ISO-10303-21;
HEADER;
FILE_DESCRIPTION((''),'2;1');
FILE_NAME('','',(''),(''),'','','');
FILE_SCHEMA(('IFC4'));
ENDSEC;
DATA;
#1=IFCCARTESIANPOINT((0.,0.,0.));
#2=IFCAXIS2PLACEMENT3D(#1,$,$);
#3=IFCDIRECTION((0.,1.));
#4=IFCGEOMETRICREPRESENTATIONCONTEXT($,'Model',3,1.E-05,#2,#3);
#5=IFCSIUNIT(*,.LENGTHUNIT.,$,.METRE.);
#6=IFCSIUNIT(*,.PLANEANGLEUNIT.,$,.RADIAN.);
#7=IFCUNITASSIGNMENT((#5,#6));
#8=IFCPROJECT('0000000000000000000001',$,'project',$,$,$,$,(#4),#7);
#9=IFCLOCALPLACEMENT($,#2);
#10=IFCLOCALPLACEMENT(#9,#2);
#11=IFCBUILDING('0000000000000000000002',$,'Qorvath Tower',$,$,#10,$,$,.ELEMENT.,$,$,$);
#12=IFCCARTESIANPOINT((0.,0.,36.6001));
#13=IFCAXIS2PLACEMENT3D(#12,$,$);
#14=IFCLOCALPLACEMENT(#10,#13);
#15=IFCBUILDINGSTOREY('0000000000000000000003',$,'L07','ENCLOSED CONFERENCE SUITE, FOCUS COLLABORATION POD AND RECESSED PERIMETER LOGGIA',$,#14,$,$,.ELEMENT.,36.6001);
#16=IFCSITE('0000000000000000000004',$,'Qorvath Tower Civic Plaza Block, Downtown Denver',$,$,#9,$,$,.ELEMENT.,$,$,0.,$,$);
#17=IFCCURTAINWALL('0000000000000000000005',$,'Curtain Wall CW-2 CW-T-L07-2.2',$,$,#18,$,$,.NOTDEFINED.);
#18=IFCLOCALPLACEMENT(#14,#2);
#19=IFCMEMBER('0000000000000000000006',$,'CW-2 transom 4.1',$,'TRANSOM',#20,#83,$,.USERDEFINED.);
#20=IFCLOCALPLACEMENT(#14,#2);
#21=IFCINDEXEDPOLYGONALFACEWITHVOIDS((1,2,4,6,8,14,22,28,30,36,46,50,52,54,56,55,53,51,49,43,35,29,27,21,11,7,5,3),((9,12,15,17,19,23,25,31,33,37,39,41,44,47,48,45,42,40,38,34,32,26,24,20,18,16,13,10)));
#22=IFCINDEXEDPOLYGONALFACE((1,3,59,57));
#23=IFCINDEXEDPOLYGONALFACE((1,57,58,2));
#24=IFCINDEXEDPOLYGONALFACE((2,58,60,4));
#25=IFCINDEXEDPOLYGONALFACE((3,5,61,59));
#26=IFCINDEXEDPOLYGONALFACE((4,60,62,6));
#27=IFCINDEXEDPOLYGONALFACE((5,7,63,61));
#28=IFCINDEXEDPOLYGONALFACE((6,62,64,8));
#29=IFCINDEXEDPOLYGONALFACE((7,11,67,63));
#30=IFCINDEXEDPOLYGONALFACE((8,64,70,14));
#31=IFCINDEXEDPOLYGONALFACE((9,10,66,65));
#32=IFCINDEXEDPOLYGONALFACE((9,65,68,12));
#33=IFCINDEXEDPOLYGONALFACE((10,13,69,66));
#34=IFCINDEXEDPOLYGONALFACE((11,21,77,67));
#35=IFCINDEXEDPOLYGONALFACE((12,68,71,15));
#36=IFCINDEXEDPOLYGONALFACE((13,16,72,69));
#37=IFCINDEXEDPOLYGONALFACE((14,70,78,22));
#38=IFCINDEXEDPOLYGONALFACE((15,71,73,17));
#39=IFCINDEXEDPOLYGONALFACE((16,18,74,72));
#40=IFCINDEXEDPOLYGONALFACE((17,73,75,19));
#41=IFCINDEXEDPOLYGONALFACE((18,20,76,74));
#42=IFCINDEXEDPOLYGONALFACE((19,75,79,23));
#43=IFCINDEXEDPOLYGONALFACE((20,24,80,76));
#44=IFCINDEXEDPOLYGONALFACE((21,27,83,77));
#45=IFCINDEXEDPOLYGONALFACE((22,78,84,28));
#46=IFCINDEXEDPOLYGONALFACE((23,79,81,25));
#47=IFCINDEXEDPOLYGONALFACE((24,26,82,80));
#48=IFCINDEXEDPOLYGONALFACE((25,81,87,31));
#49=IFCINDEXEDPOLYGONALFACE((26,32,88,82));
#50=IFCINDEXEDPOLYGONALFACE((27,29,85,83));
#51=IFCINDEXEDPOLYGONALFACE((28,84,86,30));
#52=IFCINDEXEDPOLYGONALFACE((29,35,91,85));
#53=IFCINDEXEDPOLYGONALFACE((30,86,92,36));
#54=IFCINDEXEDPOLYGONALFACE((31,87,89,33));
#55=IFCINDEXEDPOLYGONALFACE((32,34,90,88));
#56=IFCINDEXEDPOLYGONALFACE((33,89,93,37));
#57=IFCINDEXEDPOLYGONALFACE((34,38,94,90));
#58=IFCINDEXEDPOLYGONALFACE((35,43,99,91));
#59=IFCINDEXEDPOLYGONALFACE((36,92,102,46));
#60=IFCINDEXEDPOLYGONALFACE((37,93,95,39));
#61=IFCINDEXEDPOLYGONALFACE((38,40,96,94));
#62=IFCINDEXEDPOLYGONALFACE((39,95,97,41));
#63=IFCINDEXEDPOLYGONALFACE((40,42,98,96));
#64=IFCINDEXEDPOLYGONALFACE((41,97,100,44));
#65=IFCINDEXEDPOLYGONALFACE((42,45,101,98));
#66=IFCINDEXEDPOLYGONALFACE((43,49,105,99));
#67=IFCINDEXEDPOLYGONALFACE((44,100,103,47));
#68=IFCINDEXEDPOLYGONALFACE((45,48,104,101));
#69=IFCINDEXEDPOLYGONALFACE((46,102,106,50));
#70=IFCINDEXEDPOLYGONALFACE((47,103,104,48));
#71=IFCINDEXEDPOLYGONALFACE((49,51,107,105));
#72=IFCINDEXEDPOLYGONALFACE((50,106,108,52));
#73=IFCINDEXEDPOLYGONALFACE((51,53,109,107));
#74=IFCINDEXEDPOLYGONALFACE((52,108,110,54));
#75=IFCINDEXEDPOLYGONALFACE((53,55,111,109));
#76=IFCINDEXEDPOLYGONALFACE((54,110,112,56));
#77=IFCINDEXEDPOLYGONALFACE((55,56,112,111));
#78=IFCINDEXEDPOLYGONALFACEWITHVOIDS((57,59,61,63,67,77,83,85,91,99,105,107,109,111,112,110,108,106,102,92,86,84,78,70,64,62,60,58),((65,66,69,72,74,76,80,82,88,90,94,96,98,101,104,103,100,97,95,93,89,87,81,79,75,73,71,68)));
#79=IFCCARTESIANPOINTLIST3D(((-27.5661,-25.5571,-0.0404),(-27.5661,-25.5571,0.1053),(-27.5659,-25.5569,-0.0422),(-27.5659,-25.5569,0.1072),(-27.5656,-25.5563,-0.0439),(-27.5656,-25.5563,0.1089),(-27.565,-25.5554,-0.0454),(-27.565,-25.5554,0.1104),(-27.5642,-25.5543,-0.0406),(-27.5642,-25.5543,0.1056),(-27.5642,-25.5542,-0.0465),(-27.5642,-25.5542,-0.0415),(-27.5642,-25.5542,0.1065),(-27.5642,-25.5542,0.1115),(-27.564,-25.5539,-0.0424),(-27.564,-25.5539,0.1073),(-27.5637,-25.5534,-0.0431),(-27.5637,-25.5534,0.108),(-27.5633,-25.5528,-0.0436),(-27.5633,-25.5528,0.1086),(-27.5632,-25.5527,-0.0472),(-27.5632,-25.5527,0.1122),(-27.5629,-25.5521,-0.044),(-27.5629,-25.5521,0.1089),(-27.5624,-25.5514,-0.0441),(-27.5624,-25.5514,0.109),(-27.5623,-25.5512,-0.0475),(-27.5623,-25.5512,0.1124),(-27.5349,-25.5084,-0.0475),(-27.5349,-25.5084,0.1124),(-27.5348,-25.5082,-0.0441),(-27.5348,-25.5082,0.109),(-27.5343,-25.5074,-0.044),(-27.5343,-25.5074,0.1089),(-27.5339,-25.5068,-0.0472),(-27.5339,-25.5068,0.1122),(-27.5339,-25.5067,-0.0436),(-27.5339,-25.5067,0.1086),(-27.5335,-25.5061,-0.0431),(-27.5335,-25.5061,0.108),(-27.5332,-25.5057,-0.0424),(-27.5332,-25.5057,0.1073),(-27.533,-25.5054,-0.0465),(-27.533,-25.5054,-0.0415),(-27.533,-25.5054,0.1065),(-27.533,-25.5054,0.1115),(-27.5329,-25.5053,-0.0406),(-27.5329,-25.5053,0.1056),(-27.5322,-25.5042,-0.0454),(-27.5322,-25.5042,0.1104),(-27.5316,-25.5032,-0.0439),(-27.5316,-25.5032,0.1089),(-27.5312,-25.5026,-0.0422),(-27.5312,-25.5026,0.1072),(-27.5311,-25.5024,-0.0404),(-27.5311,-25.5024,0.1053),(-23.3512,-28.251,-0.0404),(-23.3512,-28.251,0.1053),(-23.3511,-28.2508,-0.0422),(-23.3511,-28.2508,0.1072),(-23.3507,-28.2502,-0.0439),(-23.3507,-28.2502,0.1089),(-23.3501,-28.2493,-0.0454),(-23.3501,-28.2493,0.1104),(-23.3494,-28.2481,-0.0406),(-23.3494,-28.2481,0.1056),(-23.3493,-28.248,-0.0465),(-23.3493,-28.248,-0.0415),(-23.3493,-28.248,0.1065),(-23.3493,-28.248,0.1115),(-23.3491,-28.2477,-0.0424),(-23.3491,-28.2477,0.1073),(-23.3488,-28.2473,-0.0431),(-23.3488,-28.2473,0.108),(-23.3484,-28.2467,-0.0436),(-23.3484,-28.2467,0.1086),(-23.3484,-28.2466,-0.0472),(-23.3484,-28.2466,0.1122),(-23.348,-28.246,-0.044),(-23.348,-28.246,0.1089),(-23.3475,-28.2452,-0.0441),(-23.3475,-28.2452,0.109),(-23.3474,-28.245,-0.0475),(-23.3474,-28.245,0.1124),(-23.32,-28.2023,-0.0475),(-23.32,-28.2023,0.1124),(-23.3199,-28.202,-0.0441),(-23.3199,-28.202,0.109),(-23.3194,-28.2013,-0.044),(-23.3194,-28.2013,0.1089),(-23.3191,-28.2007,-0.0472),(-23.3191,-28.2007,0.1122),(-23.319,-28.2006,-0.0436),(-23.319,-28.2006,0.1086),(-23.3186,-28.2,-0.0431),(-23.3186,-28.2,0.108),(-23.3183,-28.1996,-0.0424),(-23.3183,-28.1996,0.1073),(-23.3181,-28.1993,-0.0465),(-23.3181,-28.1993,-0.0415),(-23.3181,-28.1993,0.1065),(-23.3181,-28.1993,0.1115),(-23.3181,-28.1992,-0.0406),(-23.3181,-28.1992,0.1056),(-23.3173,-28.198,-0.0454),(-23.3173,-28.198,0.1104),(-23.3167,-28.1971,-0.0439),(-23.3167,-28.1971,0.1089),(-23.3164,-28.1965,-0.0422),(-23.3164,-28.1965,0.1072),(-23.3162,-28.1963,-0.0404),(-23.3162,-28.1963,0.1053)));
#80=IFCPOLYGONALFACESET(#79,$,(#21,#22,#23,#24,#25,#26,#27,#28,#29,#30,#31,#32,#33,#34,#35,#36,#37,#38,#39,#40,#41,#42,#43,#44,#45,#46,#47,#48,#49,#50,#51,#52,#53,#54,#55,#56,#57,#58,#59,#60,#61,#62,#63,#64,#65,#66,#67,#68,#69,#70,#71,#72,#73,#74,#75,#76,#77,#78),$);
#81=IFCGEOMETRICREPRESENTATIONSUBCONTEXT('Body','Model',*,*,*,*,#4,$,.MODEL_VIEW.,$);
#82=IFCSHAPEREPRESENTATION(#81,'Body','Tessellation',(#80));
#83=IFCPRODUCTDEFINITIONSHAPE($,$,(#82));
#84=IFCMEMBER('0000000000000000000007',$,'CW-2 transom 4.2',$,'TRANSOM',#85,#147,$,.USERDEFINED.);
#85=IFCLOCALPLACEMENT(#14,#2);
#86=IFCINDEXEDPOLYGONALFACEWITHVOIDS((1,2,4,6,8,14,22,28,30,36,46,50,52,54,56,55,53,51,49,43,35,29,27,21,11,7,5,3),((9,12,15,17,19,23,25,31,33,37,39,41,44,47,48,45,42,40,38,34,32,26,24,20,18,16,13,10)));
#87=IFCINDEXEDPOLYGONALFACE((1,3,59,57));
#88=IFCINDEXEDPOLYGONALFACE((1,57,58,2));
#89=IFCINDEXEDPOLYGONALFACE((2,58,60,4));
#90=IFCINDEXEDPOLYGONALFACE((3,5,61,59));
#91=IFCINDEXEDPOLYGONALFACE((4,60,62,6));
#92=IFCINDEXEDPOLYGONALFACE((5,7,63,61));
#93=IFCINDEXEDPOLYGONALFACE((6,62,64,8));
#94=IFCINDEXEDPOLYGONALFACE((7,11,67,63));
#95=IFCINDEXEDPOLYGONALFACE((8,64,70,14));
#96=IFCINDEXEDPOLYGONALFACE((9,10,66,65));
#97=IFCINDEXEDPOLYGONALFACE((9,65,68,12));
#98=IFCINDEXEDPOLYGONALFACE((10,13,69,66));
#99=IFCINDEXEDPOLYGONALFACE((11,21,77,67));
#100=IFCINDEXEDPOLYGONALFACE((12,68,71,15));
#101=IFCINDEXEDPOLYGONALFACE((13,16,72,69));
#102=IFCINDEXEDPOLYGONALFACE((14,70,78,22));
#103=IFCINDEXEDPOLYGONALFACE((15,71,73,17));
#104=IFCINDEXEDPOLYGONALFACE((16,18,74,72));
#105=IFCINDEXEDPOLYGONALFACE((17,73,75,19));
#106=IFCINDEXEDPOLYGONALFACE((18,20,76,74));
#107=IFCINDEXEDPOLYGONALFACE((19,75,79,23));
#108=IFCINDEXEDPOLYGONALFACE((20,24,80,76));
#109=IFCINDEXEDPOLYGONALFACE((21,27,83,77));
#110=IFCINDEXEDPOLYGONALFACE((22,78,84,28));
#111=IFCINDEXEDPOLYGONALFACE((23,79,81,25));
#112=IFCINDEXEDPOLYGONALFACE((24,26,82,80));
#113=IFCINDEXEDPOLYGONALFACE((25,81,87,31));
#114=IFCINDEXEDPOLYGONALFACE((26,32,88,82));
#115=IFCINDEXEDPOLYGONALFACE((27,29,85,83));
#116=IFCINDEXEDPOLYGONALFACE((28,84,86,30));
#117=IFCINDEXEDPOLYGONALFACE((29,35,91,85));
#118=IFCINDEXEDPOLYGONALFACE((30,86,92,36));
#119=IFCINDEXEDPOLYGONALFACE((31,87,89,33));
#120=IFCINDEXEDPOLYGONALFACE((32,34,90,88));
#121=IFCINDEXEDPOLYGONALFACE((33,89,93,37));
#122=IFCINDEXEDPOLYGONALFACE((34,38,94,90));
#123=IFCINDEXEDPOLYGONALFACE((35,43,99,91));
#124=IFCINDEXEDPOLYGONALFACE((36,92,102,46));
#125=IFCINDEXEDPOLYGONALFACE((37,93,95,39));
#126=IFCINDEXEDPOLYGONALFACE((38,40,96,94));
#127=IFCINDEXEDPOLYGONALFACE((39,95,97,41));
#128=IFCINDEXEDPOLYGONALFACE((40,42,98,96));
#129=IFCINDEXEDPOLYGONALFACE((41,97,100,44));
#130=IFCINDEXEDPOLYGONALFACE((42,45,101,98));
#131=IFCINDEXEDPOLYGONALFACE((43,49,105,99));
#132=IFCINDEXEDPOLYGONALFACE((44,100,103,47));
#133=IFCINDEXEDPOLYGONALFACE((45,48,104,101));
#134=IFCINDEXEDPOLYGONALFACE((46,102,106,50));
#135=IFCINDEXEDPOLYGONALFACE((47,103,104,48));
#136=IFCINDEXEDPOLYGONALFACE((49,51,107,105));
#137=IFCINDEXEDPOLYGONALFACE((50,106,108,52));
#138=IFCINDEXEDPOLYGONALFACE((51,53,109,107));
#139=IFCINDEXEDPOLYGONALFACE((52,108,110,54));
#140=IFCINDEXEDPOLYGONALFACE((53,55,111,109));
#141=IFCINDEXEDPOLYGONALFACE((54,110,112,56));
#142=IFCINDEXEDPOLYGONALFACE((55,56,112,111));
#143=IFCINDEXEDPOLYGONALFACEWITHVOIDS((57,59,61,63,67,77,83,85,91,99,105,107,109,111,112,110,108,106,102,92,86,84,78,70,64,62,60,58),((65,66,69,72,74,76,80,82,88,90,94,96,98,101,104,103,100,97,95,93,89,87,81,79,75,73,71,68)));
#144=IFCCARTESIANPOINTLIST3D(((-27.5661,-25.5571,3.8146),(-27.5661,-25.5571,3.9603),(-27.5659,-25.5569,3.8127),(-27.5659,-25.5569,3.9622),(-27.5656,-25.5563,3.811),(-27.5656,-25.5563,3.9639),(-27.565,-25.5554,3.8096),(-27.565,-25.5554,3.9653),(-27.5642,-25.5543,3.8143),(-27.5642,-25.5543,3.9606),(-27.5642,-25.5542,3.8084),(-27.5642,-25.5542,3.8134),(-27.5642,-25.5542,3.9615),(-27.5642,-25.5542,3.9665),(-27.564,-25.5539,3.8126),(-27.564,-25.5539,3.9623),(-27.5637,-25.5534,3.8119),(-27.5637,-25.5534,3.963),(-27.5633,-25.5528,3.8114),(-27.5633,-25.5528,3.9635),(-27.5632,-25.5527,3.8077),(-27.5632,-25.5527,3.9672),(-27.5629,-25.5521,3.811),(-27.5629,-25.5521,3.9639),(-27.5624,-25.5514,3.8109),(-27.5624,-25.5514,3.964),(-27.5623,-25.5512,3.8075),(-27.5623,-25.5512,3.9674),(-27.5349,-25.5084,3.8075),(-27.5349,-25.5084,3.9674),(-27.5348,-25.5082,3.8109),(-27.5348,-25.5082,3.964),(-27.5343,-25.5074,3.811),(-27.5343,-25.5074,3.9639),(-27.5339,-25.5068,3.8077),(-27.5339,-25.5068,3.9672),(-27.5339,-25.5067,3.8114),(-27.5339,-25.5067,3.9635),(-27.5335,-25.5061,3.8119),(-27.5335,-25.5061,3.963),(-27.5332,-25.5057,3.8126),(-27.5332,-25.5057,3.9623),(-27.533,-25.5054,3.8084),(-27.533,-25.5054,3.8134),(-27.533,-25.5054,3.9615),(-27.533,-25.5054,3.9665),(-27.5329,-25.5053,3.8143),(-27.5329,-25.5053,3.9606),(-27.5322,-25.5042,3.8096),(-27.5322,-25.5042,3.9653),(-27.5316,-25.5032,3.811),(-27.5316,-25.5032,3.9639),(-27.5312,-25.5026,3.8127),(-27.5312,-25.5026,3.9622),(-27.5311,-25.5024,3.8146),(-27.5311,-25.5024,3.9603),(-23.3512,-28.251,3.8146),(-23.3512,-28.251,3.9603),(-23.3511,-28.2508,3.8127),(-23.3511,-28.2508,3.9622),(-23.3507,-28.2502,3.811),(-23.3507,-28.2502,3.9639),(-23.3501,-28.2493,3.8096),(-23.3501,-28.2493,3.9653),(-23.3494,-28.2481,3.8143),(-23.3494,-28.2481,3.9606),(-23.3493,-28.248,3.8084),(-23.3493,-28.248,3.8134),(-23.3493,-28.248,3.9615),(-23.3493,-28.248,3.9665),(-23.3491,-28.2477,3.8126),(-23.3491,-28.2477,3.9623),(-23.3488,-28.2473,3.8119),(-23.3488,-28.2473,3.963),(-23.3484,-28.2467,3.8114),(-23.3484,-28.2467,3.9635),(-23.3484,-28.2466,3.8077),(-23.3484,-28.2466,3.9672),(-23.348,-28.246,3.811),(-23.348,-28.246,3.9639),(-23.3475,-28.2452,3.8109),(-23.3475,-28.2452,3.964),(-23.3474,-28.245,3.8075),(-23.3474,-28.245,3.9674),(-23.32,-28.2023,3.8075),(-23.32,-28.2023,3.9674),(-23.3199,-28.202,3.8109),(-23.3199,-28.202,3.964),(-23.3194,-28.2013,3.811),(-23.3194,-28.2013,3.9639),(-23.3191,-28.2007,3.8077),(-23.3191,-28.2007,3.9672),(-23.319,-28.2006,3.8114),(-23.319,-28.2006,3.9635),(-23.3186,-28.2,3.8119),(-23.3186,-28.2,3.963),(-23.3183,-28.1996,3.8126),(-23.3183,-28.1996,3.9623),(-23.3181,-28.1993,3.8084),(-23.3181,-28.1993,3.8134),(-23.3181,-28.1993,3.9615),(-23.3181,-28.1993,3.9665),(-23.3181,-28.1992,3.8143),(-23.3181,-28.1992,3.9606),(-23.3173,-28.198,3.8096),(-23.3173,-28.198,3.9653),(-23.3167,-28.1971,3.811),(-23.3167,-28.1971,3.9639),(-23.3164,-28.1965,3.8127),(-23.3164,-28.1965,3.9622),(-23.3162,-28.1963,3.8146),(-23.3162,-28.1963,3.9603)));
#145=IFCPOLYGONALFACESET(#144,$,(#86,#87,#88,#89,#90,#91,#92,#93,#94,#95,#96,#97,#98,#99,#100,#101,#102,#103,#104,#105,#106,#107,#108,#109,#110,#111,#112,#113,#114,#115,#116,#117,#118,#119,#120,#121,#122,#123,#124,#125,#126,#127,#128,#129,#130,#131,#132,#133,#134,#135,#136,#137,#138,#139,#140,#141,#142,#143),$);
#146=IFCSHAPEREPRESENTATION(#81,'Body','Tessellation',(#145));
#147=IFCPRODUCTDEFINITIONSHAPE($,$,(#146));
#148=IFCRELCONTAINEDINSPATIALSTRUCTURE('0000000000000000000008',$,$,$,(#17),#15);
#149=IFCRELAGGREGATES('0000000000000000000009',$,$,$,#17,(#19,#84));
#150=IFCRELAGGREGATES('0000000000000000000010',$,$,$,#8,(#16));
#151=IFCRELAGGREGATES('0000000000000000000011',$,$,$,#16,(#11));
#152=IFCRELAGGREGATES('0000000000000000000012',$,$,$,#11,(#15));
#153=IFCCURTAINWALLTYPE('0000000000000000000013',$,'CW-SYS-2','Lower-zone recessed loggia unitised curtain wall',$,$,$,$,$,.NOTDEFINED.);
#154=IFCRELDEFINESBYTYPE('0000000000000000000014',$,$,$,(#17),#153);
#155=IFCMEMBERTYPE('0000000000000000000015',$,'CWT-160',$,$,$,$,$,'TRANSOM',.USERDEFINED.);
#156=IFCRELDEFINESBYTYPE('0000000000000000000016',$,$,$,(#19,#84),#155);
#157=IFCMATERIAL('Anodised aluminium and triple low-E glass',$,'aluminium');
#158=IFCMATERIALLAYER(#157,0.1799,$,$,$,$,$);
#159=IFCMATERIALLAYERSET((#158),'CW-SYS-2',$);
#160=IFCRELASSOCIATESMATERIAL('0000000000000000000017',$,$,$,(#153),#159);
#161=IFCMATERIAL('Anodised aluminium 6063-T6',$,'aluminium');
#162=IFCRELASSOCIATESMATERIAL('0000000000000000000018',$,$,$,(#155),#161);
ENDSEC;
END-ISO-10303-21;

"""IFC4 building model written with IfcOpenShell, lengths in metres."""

from ifc_helpers import new_model, si_unit, direction, frame, origin, origin_2d, place, context, subcontext, project, spatial, hollow_rectangle, extrude, material, layer, layer_set, material_profile, profile_set, type_object, element, aggregate, save


model = new_model("IFC4")

# Units and contexts
model_context = context("Model", 3, precision=1e-05, world=origin(), true_north=direction((0.0, 1.0)))
body_context = subcontext(model_context, "Body", "Model", "MODEL_VIEW")
ifc_project = project(units=[si_unit("LENGTHUNIT", "METRE"), si_unit("PLANEANGLEUNIT", "RADIAN")], contexts=[model_context])

# Site, building, storey
site_placement = place(None, origin())
site = spatial("IfcSite", under=ifc_project, at=site_placement, Name="Qorvath Tower Civic Plaza Block, Downtown Denver", CompositionType="ELEMENT", RefElevation=0.0)
building_placement = place(site_placement, origin())
building = spatial("IfcBuilding", under=site, at=building_placement, Name="Qorvath Tower", CompositionType="ELEMENT")
storey_placement = place(building_placement, frame((0.0, 0.0, 36.6001)))
storey = spatial("IfcBuildingStorey", under=building, at=storey_placement, Name="L07", Description="ENCLOSED CONFERENCE SUITE, FOCUS COLLABORATION POD AND RECESSED PERIMETER LOGGIA", CompositionType="ELEMENT", Elevation=36.6001)

# Curtain wall, members
ifc_material_1 = material(Name="Anodised aluminium and triple low-E glass", Category="aluminium")
ifc_layer_1 = layer(ifc_material_1, 0.1799)
ifc_layer_set_1 = layer_set([ifc_layer_1], Name="CW-SYS-2")
curtain_wall_type = type_object("IfcCurtainWallType", Name="CW-SYS-2", Description="Lower-zone recessed loggia unitised curtain wall", PredefinedType="NOTDEFINED", material=ifc_layer_set_1)
curtain_wall_placement = place(storey_placement, origin())
curtain_wall = element("IfcCurtainWall", 1, at=curtain_wall_placement, inside=storey, type_object=curtain_wall_type, Name="Curtain Wall CW-2 CW-T-L07-2.2", PredefinedType="NOTDEFINED")
ifc_material_2 = material(Name="Anodised aluminium 6063-T6", Category="aluminium")
ifc_material_profile_1 = material_profile(ifc_material_2, hollow_rectangle(XDim=0.0649, YDim=0.1599, WallThickness=0.0034, InnerFilletRadius=0.0034, OuterFilletRadius=0.0071, at=origin_2d()), Name="CWT 160x65")
ifc_profile_set_1 = profile_set([ifc_material_profile_1], Name="Anodised aluminium 6063-T6")
member_type_1 = type_object("IfcMemberType", Name="CWT-160", ElementType="TRANSOM", PredefinedType="USERDEFINED", material=ifc_profile_set_1)
member_1_placement = place(storey_placement, frame((-27.5486, -25.5298, 0.0325), z_axis=(0.842603, -0.538536, 0.0), x_axis=(0.538536, 0.842603, 0.0)))
member_1 = element("IfcMember", 2, at=member_1_placement, type_object=member_type_1, Name="CW-2 transom 4.1", ObjectType="TRANSOM", PredefinedType="USERDEFINED", context=body_context, shape_type="SweptSolid", body=[
    extrude(hollow_rectangle(XDim=0.0649, YDim=0.1599, WallThickness=0.0034, InnerFilletRadius=0.0034, OuterFilletRadius=0.0071, at=origin_2d()), origin(), (0.0, 0.0, 1.0), 5.0022),
])
member_2_placement = place(storey_placement, frame((-27.5486, -25.5298, 3.8875), z_axis=(0.842603, -0.538536, 0.0), x_axis=(0.538536, 0.842603, 0.0)))
member_2 = element("IfcMember", 3, at=member_2_placement, type_object=member_type_1, Name="CW-2 transom 4.2", ObjectType="TRANSOM", PredefinedType="USERDEFINED", context=body_context, shape_type="SweptSolid", body=[
    extrude(hollow_rectangle(XDim=0.0649, YDim=0.1599, WallThickness=0.0034, InnerFilletRadius=0.0034, OuterFilletRadius=0.0071, at=origin_2d()), origin(), (0.0, 0.0, 1.0), 5.0022),
])
aggregate(curtain_wall, [member_1, member_2])

save(model, "model.ifc")
